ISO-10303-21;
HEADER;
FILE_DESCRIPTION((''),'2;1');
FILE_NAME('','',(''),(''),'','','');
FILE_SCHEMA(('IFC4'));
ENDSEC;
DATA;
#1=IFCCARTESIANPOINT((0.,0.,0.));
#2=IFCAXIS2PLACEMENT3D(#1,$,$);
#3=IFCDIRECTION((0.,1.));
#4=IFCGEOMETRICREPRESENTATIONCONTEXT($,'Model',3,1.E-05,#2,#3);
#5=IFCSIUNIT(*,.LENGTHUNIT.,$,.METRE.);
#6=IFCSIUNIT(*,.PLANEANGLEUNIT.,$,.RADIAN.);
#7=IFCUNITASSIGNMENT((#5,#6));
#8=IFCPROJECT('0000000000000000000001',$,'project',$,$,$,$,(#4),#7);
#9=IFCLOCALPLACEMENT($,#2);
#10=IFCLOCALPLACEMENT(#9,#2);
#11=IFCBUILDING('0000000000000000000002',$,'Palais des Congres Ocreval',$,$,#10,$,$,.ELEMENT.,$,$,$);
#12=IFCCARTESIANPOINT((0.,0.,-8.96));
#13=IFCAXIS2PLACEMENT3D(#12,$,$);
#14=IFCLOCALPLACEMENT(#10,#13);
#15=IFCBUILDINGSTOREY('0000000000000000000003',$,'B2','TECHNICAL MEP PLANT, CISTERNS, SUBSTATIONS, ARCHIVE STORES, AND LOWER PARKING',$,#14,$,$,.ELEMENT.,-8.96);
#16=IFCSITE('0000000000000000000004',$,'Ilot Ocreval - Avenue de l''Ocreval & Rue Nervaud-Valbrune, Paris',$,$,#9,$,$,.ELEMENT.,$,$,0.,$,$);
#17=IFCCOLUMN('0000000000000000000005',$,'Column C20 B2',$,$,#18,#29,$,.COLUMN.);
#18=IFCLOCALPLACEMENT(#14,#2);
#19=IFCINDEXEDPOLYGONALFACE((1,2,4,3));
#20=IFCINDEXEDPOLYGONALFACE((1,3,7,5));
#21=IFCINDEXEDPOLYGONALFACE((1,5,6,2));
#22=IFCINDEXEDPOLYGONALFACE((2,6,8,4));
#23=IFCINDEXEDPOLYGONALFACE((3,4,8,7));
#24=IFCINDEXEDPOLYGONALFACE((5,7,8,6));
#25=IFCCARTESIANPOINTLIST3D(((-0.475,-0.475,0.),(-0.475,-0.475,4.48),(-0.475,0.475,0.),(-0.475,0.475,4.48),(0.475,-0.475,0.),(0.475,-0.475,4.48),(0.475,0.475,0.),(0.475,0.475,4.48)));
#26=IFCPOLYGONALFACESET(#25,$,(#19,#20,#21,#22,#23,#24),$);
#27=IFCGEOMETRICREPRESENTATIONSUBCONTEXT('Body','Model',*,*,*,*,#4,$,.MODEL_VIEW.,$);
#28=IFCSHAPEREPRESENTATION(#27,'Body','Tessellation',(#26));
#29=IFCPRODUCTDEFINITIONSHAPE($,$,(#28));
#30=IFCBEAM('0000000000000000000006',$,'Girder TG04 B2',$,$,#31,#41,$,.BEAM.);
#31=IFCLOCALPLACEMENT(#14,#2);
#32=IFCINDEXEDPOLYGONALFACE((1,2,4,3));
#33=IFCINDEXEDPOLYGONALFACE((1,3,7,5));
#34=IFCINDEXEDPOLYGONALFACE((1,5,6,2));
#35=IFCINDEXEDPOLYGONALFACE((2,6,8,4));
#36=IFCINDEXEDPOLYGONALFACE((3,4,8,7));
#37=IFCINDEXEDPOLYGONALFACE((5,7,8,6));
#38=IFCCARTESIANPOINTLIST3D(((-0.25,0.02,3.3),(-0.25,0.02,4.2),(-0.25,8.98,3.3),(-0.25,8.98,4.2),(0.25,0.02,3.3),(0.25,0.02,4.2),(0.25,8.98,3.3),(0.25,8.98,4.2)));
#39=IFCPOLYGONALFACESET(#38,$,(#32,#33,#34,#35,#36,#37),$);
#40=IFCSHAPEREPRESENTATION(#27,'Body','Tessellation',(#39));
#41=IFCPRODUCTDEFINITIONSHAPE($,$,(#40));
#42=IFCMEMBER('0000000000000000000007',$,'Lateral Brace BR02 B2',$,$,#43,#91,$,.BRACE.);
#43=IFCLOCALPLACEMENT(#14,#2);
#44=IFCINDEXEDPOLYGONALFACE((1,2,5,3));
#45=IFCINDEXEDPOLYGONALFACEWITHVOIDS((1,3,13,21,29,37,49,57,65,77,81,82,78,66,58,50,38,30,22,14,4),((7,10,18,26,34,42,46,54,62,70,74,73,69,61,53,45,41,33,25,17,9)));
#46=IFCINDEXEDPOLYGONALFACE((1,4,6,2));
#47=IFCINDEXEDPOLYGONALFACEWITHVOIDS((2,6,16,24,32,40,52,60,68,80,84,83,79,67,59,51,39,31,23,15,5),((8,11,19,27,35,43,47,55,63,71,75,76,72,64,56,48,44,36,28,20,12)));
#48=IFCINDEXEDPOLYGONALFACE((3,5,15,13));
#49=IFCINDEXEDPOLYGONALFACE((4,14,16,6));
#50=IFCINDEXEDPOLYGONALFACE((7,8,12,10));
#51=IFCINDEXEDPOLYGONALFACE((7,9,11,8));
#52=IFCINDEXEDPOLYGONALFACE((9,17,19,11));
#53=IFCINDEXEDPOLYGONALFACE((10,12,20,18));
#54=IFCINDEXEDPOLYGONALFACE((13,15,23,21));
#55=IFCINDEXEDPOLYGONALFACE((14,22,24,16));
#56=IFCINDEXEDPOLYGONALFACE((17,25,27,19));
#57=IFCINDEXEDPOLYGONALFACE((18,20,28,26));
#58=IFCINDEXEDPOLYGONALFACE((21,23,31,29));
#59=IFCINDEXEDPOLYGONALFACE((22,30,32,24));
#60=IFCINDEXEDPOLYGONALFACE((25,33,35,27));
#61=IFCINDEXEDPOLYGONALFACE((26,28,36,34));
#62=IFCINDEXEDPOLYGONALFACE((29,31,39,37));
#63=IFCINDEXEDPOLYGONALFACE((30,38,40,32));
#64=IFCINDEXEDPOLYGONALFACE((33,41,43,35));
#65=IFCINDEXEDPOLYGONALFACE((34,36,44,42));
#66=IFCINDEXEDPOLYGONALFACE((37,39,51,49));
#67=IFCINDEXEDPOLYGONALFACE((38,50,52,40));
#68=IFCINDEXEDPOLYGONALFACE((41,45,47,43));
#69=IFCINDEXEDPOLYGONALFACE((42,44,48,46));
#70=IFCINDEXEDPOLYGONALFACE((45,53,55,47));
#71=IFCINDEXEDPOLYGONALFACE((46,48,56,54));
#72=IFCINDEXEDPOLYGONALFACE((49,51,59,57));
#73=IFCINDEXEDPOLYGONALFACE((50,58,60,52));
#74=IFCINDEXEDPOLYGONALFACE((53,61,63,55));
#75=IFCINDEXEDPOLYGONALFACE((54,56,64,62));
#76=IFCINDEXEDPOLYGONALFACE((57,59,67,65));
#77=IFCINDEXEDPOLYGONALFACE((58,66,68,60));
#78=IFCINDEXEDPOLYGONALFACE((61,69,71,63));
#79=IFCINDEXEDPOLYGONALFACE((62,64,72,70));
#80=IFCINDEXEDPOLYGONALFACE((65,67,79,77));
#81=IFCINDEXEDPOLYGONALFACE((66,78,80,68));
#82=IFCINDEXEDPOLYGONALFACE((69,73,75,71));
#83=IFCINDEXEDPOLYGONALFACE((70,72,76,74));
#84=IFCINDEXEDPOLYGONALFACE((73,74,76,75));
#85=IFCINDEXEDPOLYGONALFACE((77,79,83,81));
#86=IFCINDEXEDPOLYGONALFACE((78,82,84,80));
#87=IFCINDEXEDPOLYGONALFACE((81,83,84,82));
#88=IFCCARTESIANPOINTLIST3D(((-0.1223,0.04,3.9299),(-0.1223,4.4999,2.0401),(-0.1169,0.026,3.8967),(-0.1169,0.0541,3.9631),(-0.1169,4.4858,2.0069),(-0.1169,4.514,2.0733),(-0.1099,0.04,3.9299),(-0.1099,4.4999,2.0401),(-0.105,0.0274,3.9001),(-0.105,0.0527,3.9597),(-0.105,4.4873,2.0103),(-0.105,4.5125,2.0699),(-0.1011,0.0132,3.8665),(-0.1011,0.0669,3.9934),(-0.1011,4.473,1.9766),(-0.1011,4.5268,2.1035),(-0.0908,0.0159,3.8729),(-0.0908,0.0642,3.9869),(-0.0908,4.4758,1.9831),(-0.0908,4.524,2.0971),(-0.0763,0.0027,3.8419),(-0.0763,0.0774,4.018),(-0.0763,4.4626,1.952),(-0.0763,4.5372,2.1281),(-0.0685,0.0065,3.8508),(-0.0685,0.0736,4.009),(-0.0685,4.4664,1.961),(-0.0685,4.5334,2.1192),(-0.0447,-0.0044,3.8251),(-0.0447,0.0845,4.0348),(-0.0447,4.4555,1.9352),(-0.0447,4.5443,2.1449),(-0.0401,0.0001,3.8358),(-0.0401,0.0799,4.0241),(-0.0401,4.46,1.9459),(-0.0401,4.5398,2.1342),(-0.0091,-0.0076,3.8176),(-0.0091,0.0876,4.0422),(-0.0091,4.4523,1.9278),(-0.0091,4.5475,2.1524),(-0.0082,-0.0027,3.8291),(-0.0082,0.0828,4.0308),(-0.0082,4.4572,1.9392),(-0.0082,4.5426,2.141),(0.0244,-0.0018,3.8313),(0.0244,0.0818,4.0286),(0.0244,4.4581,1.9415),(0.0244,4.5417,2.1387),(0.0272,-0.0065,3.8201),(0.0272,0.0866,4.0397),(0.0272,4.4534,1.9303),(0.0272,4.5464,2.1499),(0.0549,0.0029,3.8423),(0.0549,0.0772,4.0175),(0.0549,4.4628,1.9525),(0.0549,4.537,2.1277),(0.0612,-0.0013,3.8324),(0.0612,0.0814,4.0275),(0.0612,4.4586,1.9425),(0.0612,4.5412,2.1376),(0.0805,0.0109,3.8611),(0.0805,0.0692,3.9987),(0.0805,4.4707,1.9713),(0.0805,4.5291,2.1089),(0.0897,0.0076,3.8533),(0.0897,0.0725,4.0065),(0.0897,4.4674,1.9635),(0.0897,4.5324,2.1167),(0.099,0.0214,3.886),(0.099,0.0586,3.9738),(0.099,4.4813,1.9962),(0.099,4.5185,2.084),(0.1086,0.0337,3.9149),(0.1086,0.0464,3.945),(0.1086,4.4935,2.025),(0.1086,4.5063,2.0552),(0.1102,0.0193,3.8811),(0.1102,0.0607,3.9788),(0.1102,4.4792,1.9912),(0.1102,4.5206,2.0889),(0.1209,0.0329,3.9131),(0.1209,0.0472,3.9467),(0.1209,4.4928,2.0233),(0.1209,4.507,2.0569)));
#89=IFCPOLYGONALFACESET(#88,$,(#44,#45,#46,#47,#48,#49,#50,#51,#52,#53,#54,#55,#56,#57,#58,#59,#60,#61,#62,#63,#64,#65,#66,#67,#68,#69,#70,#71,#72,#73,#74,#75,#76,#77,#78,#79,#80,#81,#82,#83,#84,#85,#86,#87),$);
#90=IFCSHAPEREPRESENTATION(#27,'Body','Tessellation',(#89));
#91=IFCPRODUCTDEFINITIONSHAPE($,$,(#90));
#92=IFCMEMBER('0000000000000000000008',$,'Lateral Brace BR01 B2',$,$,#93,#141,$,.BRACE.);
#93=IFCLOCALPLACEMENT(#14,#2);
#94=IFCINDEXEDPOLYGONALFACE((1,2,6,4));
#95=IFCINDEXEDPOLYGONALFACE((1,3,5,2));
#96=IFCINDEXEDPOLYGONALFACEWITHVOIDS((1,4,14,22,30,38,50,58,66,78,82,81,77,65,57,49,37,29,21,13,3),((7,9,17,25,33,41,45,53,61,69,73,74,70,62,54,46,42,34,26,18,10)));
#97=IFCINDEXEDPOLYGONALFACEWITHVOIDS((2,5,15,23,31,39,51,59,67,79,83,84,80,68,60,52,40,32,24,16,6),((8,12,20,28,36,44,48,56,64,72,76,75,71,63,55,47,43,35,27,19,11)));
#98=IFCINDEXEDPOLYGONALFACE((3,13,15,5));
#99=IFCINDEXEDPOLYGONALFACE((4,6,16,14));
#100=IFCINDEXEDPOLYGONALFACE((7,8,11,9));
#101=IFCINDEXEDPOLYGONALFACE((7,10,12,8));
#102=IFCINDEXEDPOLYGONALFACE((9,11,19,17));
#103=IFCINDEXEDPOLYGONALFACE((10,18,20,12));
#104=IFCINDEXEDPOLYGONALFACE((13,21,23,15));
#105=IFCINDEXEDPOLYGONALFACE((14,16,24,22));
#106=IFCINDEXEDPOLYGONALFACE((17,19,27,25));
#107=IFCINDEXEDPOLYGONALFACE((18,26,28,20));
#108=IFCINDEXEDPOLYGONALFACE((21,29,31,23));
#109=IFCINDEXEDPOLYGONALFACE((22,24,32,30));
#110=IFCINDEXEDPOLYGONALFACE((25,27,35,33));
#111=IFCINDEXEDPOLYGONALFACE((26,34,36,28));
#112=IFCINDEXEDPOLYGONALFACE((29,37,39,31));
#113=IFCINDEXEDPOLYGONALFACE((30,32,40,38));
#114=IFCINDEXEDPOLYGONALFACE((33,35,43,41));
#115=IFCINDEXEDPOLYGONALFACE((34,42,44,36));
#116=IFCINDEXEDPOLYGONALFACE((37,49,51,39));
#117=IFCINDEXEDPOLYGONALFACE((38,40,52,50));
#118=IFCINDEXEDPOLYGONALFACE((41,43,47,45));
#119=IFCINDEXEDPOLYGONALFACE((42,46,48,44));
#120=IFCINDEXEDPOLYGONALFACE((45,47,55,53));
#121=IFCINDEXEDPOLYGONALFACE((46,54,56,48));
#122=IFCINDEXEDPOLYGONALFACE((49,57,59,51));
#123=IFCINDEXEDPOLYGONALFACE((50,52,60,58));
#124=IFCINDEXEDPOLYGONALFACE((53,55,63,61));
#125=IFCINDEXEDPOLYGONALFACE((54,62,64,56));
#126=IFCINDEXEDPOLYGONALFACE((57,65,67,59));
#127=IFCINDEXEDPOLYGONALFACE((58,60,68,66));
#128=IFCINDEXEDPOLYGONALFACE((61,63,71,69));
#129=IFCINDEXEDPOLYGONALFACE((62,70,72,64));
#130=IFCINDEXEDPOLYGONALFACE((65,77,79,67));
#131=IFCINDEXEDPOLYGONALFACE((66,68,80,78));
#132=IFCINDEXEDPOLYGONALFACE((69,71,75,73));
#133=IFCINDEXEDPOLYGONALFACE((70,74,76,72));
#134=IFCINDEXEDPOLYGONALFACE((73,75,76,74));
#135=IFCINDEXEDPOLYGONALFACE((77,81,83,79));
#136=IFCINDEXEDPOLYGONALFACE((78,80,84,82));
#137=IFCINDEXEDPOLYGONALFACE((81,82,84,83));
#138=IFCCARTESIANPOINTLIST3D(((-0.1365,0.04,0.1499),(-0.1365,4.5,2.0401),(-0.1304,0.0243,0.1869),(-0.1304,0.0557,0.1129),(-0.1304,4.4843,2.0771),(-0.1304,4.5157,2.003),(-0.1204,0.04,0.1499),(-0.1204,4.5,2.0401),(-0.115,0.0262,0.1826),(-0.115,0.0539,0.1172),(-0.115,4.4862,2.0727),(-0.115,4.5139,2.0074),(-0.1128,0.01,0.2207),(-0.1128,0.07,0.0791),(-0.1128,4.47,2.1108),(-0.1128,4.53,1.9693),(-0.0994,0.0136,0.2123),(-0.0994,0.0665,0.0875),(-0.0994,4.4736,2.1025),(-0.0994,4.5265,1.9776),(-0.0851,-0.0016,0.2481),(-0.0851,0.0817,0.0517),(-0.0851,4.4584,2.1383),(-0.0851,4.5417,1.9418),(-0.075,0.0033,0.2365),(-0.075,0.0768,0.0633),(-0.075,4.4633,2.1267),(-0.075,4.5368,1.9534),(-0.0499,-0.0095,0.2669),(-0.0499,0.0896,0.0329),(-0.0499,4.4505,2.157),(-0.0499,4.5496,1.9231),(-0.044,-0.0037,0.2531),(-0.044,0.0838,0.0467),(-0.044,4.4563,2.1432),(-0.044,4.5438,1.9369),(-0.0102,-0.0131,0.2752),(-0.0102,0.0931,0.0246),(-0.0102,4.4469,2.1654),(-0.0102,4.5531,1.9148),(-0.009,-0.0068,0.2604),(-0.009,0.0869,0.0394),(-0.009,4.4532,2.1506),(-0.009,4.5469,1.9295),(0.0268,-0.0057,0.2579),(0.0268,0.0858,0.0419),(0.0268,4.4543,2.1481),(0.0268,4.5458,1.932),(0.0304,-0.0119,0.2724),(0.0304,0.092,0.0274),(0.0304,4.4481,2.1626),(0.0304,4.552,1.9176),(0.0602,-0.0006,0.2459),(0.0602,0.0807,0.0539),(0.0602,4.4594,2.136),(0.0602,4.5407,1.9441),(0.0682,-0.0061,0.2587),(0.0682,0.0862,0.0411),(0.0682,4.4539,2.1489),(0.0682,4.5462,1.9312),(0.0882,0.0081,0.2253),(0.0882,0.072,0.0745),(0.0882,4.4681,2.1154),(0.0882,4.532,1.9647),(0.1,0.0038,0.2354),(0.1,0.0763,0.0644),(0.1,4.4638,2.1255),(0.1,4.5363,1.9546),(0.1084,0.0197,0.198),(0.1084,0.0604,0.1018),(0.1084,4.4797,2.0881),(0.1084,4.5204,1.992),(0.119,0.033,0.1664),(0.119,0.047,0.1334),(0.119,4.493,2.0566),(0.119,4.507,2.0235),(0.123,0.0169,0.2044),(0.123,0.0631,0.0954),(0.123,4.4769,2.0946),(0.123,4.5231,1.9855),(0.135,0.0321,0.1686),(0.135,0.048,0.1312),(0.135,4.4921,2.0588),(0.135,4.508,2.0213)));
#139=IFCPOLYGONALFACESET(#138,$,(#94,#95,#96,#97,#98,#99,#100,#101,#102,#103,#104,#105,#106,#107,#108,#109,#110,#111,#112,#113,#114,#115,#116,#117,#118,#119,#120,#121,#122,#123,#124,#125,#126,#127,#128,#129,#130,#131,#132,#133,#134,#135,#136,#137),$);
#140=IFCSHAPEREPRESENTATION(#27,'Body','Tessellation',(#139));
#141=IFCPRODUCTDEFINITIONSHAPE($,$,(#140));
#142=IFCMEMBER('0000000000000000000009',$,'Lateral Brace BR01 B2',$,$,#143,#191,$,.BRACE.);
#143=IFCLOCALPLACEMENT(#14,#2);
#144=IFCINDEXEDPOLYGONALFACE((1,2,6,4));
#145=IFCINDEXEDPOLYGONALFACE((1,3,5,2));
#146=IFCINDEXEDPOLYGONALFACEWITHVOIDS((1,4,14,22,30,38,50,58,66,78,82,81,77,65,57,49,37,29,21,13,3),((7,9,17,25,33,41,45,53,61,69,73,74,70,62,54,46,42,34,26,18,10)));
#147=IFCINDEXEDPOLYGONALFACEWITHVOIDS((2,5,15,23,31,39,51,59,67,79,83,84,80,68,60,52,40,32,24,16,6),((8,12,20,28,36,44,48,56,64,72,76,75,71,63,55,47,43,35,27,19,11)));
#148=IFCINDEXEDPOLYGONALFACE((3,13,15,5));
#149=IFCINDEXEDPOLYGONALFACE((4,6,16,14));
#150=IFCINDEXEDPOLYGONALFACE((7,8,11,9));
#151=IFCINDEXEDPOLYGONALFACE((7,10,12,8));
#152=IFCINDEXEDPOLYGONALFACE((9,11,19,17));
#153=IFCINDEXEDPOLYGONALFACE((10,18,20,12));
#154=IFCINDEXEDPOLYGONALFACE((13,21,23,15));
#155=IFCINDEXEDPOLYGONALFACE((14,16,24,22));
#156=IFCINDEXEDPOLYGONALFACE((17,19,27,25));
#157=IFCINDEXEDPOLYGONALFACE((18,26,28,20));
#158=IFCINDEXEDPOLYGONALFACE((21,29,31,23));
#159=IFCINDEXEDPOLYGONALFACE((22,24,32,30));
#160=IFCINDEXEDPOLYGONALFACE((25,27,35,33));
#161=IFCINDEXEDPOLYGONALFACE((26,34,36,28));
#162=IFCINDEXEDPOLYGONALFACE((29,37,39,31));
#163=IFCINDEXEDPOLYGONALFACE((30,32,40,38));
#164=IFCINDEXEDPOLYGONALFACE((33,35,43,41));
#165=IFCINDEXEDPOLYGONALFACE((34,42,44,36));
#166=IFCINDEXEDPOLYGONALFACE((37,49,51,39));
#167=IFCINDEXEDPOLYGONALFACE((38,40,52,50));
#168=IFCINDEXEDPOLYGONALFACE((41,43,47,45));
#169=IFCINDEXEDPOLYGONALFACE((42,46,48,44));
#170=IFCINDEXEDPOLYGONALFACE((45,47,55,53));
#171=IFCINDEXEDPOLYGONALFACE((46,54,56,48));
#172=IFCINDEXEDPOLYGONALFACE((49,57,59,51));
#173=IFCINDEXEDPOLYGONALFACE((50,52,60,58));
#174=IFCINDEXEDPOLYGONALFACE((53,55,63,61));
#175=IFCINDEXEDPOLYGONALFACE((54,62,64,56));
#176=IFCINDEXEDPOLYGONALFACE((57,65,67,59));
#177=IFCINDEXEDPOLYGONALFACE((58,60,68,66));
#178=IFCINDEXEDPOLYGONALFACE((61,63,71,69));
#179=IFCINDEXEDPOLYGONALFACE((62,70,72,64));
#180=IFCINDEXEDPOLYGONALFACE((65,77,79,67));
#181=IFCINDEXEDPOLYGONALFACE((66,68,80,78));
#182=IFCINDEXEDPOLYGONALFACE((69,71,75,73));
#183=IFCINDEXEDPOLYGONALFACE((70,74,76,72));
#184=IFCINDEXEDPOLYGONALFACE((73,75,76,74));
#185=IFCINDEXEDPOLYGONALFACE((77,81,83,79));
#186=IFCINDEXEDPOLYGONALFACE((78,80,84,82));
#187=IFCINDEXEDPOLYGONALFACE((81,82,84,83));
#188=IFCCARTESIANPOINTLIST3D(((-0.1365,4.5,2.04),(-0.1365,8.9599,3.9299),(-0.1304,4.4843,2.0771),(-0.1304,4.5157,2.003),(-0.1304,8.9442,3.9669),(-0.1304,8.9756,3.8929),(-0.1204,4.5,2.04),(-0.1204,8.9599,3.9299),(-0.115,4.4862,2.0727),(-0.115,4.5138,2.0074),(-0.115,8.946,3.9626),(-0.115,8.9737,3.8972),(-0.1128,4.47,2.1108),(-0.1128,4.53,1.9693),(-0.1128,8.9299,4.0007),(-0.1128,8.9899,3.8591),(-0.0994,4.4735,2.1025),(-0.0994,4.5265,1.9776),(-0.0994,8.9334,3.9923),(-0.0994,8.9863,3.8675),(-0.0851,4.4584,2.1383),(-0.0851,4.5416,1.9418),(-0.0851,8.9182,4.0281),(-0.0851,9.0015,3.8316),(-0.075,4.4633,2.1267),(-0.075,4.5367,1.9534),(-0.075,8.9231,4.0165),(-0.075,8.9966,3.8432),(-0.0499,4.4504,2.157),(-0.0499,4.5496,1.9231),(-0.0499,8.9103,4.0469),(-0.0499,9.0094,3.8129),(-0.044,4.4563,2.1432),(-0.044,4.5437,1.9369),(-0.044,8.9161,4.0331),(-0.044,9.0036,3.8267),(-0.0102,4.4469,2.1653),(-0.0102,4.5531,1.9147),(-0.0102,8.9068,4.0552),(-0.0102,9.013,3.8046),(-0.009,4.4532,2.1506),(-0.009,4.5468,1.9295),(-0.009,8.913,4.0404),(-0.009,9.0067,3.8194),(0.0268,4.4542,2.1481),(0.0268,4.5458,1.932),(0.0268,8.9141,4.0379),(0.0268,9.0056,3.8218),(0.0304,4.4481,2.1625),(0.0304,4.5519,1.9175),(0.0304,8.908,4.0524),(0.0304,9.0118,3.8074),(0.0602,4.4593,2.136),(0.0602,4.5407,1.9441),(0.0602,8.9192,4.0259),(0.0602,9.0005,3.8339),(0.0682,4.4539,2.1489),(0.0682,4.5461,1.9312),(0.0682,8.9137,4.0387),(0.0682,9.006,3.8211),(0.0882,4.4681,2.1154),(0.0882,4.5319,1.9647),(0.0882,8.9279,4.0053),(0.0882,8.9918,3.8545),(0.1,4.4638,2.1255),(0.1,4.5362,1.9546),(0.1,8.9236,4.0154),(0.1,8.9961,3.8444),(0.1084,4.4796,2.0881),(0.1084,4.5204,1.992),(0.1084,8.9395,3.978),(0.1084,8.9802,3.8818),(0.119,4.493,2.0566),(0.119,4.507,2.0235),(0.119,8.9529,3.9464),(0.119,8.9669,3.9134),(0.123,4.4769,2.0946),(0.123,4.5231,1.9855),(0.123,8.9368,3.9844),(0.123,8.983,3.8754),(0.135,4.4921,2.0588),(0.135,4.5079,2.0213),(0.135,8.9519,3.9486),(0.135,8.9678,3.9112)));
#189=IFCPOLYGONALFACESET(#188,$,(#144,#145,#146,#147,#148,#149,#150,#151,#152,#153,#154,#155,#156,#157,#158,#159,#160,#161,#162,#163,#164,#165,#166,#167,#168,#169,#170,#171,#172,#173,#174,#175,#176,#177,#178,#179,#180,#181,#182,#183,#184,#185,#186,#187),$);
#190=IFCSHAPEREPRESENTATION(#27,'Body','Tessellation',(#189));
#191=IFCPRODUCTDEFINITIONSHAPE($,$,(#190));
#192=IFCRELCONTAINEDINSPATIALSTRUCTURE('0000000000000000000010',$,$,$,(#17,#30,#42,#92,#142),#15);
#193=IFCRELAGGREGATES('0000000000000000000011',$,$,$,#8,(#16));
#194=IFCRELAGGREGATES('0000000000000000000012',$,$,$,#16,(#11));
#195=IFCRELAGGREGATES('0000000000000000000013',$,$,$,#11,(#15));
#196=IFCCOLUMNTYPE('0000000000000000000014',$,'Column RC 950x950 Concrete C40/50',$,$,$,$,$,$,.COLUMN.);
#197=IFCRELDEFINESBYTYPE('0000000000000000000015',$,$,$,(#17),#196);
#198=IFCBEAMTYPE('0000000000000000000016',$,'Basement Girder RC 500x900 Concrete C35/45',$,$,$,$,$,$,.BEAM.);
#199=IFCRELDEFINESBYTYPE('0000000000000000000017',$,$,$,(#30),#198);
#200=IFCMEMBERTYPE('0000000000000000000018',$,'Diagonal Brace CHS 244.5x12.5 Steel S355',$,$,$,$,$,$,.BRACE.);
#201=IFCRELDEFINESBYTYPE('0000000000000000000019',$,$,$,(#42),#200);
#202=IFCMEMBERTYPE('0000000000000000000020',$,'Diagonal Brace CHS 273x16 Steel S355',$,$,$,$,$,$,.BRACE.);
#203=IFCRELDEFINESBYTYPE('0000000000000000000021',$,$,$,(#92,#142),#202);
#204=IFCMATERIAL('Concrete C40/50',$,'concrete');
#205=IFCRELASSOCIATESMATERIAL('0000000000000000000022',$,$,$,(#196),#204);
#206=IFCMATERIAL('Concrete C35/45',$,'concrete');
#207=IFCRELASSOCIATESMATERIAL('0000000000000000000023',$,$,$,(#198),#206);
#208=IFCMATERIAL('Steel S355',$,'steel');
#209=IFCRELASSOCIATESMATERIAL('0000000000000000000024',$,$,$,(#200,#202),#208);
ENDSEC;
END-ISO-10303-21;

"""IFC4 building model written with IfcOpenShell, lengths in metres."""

from ifc_helpers import new_model, si_unit, direction, frame, origin, origin_with_axes, origin_2d, place, context, subcontext, project, spatial, rectangle, hollow_circle, extrude, material, material_profile, profile_set, type_object, element, save


model = new_model("IFC4")

# Units and contexts
model_context = context("Model", 3, precision=1e-05, world=origin(), true_north=direction((0.0, 1.0)))
body_context = subcontext(model_context, "Body", "Model", "MODEL_VIEW")
ifc_project = project(units=[si_unit("LENGTHUNIT", "METRE"), si_unit("PLANEANGLEUNIT", "RADIAN")], contexts=[model_context])

# Site, building, storey
site_placement = place(None, origin())
site = spatial("IfcSite", under=ifc_project, at=site_placement, Name="Ilot Ocreval - Avenue de l'Ocreval & Rue Nervaud-Valbrune, Paris", CompositionType="ELEMENT", RefElevation=0.0)
building_placement = place(site_placement, origin())
building = spatial("IfcBuilding", under=site, at=building_placement, Name="Palais des Congres Ocreval", CompositionType="ELEMENT")
storey_placement = place(building_placement, frame((0.0, 0.0, -8.96)))
storey = spatial("IfcBuildingStorey", under=building, at=storey_placement, Name="B2", Description="TECHNICAL MEP PLANT, CISTERNS, SUBSTATIONS, ARCHIVE STORES, AND LOWER PARKING", CompositionType="ELEMENT", Elevation=-8.96)

# Column
ifc_material_1 = material(Name="Concrete C40/50", Category="concrete")
ifc_material_profile_1 = material_profile(ifc_material_1, rectangle(XDim=0.95, YDim=0.95, at=origin_2d()), Name="RC 950x950")
ifc_profile_set_1 = profile_set([ifc_material_profile_1], Name="Concrete C40/50")
column_type = type_object("IfcColumnType", Name="Column RC 950x950 Concrete C40/50", PredefinedType="COLUMN", material=ifc_profile_set_1)
column_placement = place(storey_placement, origin_with_axes())
element("IfcColumn", 1, at=column_placement, inside=storey, type_object=column_type, Name="Column C20 B2", PredefinedType="COLUMN", context=body_context, shape_type="SweptSolid", body=[
    extrude(rectangle(XDim=0.95, YDim=0.95, at=origin_2d()), origin(), (0.0, 0.0, 1.0), 4.48),
])

# Beam
ifc_material_2 = material(Name="Concrete C35/45", Category="concrete")
ifc_material_profile_2 = material_profile(ifc_material_2, rectangle(XDim=0.5, YDim=0.8999, at=origin_2d()), Name="RC 500x900")
ifc_profile_set_2 = profile_set([ifc_material_profile_2], Name="Concrete C35/45")
beam_type = type_object("IfcBeamType", Name="Basement Girder RC 500x900 Concrete C35/45", PredefinedType="BEAM", material=ifc_profile_set_2)
beam_placement = place(storey_placement, frame((0.0, 0.02, 3.75), z_axis=(0.0, 1.0, 0.0), x_axis=(-1.0, 0.0, 0.0)))
element("IfcBeam", 2, at=beam_placement, inside=storey, type_object=beam_type, Name="Girder TG04 B2", PredefinedType="BEAM", context=body_context, shape_type="SweptSolid", body=[
    extrude(rectangle(XDim=0.5, YDim=0.8999, at=origin_2d()), origin(), (0.0, 0.0, 1.0), 8.96),
])

# Members
ifc_material_3 = material(Name="Steel S355", Category="steel")
ifc_material_profile_3 = material_profile(ifc_material_3, hollow_circle(Radius=0.1223, WallThickness=0.0125, at=origin_2d()), Name="CHS 244.5x12.5")
ifc_profile_set_3 = profile_set([ifc_material_profile_3], Name="Steel S355")
member_type_1 = type_object("IfcMemberType", Name="Diagonal Brace CHS 244.5x12.5 Steel S355", PredefinedType="BRACE", material=ifc_profile_set_3)
member_1_placement = place(storey_placement, frame((0.0, 0.04, 3.9299), z_axis=(0.0, 0.920746, -0.390163), x_axis=(-1.0, 0.0, 0.0)))
element("IfcMember", 3, at=member_1_placement, inside=storey, type_object=member_type_1, Name="Lateral Brace BR02 B2", PredefinedType="BRACE", context=body_context, shape_type="SweptSolid", body=[
    extrude(hollow_circle(Radius=0.1223, WallThickness=0.0125, at=origin_2d()), origin(), (0.0, 0.0, 1.0), 4.8438),
])
ifc_material_profile_4 = material_profile(ifc_material_3, hollow_circle(Radius=0.1365, WallThickness=0.0161, at=origin_2d()), Name="CHS 273x16")
ifc_profile_set_4 = profile_set([ifc_material_profile_4], Name="Steel S355")
member_type_2 = type_object("IfcMemberType", Name="Diagonal Brace CHS 273x16 Steel S355", PredefinedType="BRACE", material=ifc_profile_set_4)
member_2_placement = place(storey_placement, frame((0.0, 0.04, 0.1499), z_axis=(0.0, 0.920728, 0.390206), x_axis=(-1.0, 0.0, 0.0)))
element("IfcMember", 4, at=member_2_placement, inside=storey, type_object=member_type_2, Name="Lateral Brace BR01 B2", PredefinedType="BRACE", context=body_context, shape_type="SweptSolid", body=[
    extrude(hollow_circle(Radius=0.1365, WallThickness=0.0161, at=origin_2d()), origin(), (0.0, 0.0, 1.0), 4.844),
])
member_3_placement = place(storey_placement, frame((0.0, 4.5, 2.04), z_axis=(0.0, 0.920746, 0.390163), x_axis=(-1.0, 0.0, 0.0)))
element("IfcMember", 5, at=member_3_placement, inside=storey, type_object=member_type_2, Name="Lateral Brace BR01 B2", PredefinedType="BRACE", context=body_context, shape_type="SweptSolid", body=[
    extrude(hollow_circle(Radius=0.1365, WallThickness=0.0161, at=origin_2d()), origin(), (0.0, 0.0, 1.0), 4.8438),
])

save(model, "model.ifc")
